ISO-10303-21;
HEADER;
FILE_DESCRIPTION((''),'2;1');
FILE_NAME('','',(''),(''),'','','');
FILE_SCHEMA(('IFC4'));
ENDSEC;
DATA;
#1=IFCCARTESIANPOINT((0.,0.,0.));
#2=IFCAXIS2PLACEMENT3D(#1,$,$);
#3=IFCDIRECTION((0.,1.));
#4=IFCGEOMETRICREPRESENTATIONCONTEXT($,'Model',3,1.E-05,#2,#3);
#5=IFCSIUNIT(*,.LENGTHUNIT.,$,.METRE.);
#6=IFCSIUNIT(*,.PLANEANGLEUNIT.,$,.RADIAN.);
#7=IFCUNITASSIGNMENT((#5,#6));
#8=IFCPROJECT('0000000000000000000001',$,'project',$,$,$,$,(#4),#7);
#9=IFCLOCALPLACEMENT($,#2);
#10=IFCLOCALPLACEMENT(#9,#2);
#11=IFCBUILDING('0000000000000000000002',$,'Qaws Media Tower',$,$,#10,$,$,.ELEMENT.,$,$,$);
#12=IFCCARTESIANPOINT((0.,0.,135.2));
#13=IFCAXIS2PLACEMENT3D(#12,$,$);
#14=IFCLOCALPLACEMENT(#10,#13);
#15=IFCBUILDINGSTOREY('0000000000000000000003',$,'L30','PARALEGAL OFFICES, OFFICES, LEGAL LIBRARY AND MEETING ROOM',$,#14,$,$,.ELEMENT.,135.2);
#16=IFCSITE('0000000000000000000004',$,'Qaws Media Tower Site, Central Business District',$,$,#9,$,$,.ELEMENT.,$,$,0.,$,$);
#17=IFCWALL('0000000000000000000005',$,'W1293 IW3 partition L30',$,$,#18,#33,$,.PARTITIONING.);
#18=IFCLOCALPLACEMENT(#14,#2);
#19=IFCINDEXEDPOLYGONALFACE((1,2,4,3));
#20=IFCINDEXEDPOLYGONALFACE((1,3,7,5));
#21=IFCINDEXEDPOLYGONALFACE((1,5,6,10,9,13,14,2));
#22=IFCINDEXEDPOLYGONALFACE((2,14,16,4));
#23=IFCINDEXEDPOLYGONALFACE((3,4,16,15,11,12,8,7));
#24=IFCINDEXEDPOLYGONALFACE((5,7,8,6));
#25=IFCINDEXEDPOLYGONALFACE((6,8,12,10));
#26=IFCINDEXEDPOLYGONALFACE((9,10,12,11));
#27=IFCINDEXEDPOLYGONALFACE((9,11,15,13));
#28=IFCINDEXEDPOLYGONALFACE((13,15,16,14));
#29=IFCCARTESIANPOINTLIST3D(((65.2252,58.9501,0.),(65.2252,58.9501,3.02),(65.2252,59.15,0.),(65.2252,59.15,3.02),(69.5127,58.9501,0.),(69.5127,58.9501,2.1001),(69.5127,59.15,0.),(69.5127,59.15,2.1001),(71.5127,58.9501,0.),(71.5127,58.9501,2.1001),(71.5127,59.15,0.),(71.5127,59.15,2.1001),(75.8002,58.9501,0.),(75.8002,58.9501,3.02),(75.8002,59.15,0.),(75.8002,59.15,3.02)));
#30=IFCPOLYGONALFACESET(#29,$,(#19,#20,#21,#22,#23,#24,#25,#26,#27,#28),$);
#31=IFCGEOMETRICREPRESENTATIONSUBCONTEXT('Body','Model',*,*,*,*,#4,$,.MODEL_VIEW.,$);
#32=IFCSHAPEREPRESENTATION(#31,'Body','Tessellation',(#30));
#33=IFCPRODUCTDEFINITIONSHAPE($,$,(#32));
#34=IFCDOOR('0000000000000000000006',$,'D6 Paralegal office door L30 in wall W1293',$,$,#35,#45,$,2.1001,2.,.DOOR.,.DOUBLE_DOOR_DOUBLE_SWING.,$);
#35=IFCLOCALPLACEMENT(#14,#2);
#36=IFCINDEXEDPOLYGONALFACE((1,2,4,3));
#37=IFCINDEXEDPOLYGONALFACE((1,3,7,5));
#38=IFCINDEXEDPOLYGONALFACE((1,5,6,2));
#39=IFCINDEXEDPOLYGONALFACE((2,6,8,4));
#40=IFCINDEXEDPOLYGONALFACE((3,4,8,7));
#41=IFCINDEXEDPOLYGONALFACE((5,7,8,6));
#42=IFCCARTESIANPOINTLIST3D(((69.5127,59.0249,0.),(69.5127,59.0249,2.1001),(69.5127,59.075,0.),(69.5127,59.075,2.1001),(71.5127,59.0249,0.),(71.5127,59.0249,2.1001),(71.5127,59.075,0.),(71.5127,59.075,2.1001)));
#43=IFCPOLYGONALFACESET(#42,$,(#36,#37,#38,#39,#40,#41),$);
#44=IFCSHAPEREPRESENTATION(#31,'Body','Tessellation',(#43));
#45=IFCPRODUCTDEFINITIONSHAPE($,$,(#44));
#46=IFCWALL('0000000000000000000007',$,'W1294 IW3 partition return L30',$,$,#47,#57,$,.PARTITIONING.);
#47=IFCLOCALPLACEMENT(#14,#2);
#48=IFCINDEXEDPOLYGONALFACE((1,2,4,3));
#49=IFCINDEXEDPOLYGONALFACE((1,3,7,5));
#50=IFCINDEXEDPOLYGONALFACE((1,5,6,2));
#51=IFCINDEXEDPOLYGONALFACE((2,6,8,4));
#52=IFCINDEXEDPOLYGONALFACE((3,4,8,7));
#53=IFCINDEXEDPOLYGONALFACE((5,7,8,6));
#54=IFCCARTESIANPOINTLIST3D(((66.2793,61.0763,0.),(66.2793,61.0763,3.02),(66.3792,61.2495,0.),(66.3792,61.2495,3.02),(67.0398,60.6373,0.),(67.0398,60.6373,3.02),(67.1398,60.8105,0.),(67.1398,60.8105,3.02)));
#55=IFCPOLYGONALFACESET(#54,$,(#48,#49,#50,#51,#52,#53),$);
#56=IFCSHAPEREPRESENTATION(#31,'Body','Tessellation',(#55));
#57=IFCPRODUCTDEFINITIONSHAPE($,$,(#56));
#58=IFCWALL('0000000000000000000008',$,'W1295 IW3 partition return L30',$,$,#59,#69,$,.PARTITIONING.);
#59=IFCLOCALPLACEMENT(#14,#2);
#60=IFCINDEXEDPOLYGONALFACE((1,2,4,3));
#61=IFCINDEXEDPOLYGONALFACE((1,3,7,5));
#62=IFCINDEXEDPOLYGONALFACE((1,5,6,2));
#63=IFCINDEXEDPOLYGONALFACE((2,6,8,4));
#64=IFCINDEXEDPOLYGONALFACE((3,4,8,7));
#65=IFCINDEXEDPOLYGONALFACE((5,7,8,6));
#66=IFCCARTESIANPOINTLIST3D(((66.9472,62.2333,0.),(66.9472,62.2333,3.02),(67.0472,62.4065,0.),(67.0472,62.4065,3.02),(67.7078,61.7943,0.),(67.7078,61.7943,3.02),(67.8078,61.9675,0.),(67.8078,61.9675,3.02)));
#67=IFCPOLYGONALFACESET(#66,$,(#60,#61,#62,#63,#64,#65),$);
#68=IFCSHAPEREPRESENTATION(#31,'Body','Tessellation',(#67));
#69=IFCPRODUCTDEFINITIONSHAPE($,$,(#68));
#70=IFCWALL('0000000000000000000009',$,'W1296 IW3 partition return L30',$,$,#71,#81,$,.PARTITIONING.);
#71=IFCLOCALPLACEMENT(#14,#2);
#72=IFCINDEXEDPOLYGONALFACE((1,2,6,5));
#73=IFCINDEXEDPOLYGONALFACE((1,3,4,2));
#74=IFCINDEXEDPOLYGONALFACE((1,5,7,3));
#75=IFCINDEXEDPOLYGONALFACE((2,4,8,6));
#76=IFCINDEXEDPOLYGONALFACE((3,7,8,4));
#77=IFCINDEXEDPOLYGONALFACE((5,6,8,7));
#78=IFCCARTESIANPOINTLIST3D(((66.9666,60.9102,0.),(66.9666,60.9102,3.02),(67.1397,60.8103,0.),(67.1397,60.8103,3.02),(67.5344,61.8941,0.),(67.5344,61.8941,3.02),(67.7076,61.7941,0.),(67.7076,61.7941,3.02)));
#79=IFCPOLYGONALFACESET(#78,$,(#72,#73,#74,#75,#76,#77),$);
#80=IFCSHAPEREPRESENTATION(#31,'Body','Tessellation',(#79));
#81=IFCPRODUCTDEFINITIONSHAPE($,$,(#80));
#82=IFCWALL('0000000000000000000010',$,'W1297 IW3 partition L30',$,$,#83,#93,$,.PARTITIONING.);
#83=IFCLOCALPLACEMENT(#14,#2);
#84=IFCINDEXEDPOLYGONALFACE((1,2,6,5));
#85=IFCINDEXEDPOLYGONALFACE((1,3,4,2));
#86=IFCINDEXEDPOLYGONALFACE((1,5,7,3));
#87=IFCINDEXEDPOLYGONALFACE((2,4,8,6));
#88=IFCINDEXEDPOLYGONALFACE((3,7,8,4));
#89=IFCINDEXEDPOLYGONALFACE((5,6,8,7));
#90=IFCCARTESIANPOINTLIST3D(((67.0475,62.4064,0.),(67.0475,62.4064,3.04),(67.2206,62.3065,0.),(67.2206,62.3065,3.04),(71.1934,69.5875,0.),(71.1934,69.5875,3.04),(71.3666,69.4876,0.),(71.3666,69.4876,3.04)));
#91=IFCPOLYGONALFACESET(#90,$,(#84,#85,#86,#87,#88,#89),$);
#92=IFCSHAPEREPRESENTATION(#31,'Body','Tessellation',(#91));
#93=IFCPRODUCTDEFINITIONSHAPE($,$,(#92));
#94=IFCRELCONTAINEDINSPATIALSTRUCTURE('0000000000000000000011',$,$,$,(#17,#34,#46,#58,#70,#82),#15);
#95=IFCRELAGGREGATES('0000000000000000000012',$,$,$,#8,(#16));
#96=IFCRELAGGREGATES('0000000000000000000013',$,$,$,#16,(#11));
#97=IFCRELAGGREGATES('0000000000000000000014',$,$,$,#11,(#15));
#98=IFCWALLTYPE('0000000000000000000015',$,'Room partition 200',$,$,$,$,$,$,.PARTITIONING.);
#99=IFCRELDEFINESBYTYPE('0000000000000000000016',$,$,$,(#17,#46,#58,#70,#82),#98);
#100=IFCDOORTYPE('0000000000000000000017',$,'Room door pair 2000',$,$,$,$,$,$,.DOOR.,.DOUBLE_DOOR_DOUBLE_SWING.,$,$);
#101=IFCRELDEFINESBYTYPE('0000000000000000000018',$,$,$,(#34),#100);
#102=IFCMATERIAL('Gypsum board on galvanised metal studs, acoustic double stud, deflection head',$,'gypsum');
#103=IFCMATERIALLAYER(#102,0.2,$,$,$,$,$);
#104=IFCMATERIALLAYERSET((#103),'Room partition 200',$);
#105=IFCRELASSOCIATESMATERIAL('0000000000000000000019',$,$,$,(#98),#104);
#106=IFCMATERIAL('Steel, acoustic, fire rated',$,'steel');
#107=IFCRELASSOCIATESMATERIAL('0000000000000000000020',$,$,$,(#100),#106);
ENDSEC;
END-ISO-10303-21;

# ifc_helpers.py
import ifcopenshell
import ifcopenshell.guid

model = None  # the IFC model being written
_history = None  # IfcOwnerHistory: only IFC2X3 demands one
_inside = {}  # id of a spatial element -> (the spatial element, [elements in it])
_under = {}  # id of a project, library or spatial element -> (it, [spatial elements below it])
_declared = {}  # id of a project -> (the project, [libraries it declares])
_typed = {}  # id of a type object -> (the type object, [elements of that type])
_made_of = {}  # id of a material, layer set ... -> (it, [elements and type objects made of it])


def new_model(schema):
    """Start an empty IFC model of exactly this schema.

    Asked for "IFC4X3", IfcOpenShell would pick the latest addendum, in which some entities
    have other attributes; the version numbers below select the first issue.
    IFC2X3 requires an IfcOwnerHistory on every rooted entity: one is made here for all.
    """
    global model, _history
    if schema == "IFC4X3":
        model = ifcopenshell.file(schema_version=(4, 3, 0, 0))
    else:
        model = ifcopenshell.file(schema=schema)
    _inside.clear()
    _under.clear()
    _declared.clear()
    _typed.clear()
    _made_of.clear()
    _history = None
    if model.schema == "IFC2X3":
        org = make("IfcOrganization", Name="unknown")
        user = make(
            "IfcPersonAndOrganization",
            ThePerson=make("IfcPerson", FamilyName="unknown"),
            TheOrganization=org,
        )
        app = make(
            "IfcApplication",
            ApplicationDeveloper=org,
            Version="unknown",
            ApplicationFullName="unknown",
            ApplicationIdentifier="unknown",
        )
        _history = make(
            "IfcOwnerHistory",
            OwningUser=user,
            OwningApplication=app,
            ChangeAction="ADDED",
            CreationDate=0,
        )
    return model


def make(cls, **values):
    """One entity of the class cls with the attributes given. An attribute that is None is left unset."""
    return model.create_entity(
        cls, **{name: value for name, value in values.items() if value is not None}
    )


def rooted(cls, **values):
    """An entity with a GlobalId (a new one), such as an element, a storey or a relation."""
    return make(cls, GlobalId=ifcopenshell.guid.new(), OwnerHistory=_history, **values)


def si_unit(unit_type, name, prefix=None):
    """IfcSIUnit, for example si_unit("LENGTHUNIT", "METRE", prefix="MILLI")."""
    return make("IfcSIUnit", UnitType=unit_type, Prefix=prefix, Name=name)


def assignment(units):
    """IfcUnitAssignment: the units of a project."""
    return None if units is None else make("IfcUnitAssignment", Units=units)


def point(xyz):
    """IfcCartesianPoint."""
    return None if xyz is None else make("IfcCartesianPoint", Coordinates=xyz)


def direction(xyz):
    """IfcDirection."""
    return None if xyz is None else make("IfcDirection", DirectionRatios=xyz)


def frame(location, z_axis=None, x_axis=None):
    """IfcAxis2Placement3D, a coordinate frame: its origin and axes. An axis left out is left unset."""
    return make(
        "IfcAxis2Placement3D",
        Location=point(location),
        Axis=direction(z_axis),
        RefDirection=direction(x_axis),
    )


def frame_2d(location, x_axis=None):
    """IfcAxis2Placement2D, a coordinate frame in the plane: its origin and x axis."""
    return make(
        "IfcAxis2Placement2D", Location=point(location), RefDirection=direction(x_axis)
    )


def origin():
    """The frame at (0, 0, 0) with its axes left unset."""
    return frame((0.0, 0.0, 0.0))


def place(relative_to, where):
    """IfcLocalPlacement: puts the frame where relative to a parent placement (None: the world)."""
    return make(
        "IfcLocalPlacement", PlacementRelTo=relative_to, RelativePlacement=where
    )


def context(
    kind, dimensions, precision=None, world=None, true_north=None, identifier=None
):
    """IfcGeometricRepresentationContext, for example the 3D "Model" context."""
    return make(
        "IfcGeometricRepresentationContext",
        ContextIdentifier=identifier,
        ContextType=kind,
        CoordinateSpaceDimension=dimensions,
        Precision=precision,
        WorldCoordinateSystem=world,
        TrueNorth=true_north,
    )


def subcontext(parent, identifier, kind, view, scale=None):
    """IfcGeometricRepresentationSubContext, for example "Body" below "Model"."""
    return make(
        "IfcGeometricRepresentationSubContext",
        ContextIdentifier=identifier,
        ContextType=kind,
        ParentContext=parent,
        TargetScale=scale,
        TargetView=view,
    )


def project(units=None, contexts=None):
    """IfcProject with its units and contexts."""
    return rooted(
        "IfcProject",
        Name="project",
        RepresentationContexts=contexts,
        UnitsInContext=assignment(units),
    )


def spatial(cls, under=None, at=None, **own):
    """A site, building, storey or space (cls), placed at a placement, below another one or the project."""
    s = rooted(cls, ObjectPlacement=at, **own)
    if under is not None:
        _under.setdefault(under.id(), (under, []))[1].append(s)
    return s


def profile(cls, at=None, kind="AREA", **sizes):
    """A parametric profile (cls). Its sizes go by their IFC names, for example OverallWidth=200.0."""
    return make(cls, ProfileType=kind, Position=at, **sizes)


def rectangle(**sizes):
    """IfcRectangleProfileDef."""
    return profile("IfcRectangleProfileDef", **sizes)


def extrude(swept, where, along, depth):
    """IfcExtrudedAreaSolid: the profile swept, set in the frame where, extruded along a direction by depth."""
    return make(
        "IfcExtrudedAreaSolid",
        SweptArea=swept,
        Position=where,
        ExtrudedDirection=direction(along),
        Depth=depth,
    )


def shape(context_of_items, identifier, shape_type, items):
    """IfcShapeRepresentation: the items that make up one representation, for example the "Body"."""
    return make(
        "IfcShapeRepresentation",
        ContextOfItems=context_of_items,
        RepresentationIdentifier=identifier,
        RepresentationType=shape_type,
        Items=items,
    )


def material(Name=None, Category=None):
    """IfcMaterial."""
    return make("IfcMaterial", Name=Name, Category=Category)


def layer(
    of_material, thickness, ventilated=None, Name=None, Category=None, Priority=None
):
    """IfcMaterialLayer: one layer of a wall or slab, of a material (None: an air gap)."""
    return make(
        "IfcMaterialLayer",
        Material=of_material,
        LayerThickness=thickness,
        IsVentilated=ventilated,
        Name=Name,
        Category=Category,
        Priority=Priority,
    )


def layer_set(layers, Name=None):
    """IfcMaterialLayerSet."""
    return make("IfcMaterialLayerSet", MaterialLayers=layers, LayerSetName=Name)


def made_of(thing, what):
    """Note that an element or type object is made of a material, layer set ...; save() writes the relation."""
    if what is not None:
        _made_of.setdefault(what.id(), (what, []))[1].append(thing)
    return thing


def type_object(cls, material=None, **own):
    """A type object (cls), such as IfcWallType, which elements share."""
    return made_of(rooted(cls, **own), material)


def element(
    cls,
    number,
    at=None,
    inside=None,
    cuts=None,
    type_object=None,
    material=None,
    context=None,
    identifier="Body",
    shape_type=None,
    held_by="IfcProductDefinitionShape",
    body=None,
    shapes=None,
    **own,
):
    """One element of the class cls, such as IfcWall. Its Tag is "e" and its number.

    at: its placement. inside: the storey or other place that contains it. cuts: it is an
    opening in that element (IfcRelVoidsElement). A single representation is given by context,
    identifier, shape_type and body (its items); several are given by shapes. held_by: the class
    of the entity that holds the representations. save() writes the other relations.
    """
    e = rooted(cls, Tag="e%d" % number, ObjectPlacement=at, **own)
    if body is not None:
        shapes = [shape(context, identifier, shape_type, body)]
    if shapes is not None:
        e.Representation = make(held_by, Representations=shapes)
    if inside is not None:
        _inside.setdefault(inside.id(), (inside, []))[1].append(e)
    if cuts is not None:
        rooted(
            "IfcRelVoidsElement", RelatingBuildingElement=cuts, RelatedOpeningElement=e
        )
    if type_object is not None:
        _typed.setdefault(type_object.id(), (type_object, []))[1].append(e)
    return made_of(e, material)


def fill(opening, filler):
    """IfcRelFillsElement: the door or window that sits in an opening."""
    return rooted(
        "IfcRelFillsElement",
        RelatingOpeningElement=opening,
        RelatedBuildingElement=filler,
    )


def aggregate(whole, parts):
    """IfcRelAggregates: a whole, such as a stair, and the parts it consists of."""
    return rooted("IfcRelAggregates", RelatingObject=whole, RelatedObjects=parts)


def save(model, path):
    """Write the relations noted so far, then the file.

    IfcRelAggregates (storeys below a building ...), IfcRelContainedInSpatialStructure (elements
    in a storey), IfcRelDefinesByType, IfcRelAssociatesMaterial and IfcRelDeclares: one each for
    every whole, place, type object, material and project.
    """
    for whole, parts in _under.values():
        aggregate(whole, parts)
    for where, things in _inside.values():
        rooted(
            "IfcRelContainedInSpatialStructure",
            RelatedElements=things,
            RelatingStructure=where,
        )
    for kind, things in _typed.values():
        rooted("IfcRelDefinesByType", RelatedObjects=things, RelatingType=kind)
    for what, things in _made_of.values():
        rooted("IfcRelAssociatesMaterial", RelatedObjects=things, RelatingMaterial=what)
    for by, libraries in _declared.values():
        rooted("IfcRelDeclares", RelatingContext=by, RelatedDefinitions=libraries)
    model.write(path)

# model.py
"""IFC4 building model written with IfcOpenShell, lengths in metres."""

from ifc_helpers import new_model, si_unit, direction, frame, frame_2d, origin, place, context, subcontext, project, spatial, rectangle, extrude, material, layer, layer_set, type_object, element, fill, save


model = new_model("IFC4")

# Units and contexts
model_context = context("Model", 3, precision=1e-05, world=origin(), true_north=direction((0.0, 1.0)))
body_context = subcontext(model_context, "Body", "Model", "MODEL_VIEW")
ifc_project = project(units=[si_unit("LENGTHUNIT", "METRE"), si_unit("PLANEANGLEUNIT", "RADIAN")], contexts=[model_context])

# Site, building, storey
site_placement = place(None, origin())
site = spatial("IfcSite", under=ifc_project, at=site_placement, Name="Qaws Media Tower Site, Central Business District", CompositionType="ELEMENT", RefElevation=0.0)
building_placement = place(site_placement, origin())
building = spatial("IfcBuilding", under=site, at=building_placement, Name="Qaws Media Tower", CompositionType="ELEMENT")
storey_placement = place(building_placement, frame((0.0, 0.0, 135.2)))
storey = spatial("IfcBuildingStorey", under=building, at=storey_placement, Name="L30", Description="PARALEGAL OFFICES, OFFICES, LEGAL LIBRARY AND MEETING ROOM", CompositionType="ELEMENT", Elevation=135.2)

# Wall, opening, door
ifc_material_1 = material(Name="Gypsum board on galvanised metal studs, acoustic double stud, deflection head", Category="gypsum")
ifc_layer_1 = layer(ifc_material_1, 0.2)
ifc_layer_set_1 = layer_set([ifc_layer_1], Name="Room partition 200")
wall_type_1 = type_object("IfcWallType", Name="Room partition 200", PredefinedType="PARTITIONING", material=ifc_layer_set_1)
wall_1_placement = place(storey_placement, frame((65.2251, 59.05, 0.0), z_axis=(0.0, 0.0, 1.0), x_axis=(1.0, 0.0, 0.0)))
wall_1 = element("IfcWall", 1, at=wall_1_placement, inside=storey, type_object=wall_type_1, Name="W1293 IW3 partition L30", PredefinedType="PARTITIONING", context=body_context, shape_type="SweptSolid", body=[
    extrude(rectangle(XDim=10.575, YDim=0.2, at=frame_2d((5.2876, 0.0))), origin(), (0.0, 0.0, 1.0), 3.02),
])
opening_1_placement = place(wall_1_placement, frame((4.2876, 0.0, 0.0)))
opening_1 = element("IfcOpeningElement", 2, at=opening_1_placement, cuts=wall_1, PredefinedType="OPENING", context=body_context, shape_type="SweptSolid", body=[
    extrude(rectangle(XDim=2.0, YDim=2.1001, at=frame_2d((1.0, 1.05))), frame((0.0, 0.1099, 0.0), z_axis=(0.0, -1.0, 0.0), x_axis=(1.0, 0.0, 0.0)), (0.0, 0.0, 1.0), 0.22),
])
ifc_material_2 = material(Name="Steel, acoustic, fire rated", Category="steel")
door_type_1 = type_object("IfcDoorType", Name="Room door pair 2000", OperationType="DOUBLE_DOOR_DOUBLE_SWING", PredefinedType="DOOR", material=ifc_material_2)
door_1_placement = place(opening_1_placement, origin())
door_1 = element("IfcDoor", 3, at=door_1_placement, inside=storey, type_object=door_type_1, Name="D6 Paralegal office door L30 in wall W1293", OperationType="DOUBLE_DOOR_DOUBLE_SWING", OverallHeight=2.1001, OverallWidth=2.0, PredefinedType="DOOR", context=body_context, shape_type="SweptSolid", body=[
    extrude(rectangle(XDim=2.0, YDim=2.1001, at=frame_2d((1.0, 1.05))), frame((0.0, 0.0249, 0.0), z_axis=(0.0, -1.0, 0.0), x_axis=(1.0, 0.0, 0.0)), (0.0, 0.0, 1.0), 0.05),
])
fill(opening_1, door_1)

# Walls
for number, where, z_axis, x_axis, name in (
    (4, (66.3293, 61.1628, 0.0), (0.0, 0.0, 1.0), (0.866079, -0.499907, 0.0), "W1294 IW3 partition return L30"),
    (5, (66.9973, 62.3198, 0.0), (0.0, 0.0, 1.0), (0.866079, -0.499907, 0.0), "W1295 IW3 partition return L30"),
):
    element("IfcWall", number, at=place(storey_placement, frame(where, z_axis=z_axis, x_axis=x_axis)), inside=storey, type_object=wall_type_1, Name=name, PredefinedType="PARTITIONING", context=body_context, shape_type="SweptSolid", body=[
        extrude(rectangle(XDim=0.8782, YDim=0.2, at=frame_2d((0.439, 0.0))), origin(), (0.0, 0.0, 1.0), 3.02),
    ])
wall_2_placement = place(storey_placement, frame((67.0532, 60.8604, 0.0), z_axis=(0.0, 0.0, 1.0), x_axis=(0.499884, 0.866093, 0.0)))
element("IfcWall", 6, at=wall_2_placement, inside=storey, type_object=wall_type_1, Name="W1296 IW3 partition return L30", PredefinedType="PARTITIONING", context=body_context, shape_type="SweptSolid", body=[
    extrude(rectangle(XDim=1.136, YDim=0.2, at=frame_2d((0.5679, 0.0))), origin(), (0.0, 0.0, 1.0), 3.02),
])
wall_3_placement = place(storey_placement, frame((67.134, 62.3564, 0.0), z_axis=(0.0, 0.0, 1.0), x_axis=(0.499996, 0.866028, 0.0)))
element("IfcWall", 7, at=wall_3_placement, inside=storey, type_object=wall_type_1, Name="W1297 IW3 partition L30", PredefinedType="PARTITIONING", context=body_context, shape_type="SweptSolid", body=[
    extrude(rectangle(XDim=8.292, YDim=0.2, at=frame_2d((4.146, 0.0))), origin(), (0.0, 0.0, 1.0), 3.04),
])

save(model, "model.ifc")
